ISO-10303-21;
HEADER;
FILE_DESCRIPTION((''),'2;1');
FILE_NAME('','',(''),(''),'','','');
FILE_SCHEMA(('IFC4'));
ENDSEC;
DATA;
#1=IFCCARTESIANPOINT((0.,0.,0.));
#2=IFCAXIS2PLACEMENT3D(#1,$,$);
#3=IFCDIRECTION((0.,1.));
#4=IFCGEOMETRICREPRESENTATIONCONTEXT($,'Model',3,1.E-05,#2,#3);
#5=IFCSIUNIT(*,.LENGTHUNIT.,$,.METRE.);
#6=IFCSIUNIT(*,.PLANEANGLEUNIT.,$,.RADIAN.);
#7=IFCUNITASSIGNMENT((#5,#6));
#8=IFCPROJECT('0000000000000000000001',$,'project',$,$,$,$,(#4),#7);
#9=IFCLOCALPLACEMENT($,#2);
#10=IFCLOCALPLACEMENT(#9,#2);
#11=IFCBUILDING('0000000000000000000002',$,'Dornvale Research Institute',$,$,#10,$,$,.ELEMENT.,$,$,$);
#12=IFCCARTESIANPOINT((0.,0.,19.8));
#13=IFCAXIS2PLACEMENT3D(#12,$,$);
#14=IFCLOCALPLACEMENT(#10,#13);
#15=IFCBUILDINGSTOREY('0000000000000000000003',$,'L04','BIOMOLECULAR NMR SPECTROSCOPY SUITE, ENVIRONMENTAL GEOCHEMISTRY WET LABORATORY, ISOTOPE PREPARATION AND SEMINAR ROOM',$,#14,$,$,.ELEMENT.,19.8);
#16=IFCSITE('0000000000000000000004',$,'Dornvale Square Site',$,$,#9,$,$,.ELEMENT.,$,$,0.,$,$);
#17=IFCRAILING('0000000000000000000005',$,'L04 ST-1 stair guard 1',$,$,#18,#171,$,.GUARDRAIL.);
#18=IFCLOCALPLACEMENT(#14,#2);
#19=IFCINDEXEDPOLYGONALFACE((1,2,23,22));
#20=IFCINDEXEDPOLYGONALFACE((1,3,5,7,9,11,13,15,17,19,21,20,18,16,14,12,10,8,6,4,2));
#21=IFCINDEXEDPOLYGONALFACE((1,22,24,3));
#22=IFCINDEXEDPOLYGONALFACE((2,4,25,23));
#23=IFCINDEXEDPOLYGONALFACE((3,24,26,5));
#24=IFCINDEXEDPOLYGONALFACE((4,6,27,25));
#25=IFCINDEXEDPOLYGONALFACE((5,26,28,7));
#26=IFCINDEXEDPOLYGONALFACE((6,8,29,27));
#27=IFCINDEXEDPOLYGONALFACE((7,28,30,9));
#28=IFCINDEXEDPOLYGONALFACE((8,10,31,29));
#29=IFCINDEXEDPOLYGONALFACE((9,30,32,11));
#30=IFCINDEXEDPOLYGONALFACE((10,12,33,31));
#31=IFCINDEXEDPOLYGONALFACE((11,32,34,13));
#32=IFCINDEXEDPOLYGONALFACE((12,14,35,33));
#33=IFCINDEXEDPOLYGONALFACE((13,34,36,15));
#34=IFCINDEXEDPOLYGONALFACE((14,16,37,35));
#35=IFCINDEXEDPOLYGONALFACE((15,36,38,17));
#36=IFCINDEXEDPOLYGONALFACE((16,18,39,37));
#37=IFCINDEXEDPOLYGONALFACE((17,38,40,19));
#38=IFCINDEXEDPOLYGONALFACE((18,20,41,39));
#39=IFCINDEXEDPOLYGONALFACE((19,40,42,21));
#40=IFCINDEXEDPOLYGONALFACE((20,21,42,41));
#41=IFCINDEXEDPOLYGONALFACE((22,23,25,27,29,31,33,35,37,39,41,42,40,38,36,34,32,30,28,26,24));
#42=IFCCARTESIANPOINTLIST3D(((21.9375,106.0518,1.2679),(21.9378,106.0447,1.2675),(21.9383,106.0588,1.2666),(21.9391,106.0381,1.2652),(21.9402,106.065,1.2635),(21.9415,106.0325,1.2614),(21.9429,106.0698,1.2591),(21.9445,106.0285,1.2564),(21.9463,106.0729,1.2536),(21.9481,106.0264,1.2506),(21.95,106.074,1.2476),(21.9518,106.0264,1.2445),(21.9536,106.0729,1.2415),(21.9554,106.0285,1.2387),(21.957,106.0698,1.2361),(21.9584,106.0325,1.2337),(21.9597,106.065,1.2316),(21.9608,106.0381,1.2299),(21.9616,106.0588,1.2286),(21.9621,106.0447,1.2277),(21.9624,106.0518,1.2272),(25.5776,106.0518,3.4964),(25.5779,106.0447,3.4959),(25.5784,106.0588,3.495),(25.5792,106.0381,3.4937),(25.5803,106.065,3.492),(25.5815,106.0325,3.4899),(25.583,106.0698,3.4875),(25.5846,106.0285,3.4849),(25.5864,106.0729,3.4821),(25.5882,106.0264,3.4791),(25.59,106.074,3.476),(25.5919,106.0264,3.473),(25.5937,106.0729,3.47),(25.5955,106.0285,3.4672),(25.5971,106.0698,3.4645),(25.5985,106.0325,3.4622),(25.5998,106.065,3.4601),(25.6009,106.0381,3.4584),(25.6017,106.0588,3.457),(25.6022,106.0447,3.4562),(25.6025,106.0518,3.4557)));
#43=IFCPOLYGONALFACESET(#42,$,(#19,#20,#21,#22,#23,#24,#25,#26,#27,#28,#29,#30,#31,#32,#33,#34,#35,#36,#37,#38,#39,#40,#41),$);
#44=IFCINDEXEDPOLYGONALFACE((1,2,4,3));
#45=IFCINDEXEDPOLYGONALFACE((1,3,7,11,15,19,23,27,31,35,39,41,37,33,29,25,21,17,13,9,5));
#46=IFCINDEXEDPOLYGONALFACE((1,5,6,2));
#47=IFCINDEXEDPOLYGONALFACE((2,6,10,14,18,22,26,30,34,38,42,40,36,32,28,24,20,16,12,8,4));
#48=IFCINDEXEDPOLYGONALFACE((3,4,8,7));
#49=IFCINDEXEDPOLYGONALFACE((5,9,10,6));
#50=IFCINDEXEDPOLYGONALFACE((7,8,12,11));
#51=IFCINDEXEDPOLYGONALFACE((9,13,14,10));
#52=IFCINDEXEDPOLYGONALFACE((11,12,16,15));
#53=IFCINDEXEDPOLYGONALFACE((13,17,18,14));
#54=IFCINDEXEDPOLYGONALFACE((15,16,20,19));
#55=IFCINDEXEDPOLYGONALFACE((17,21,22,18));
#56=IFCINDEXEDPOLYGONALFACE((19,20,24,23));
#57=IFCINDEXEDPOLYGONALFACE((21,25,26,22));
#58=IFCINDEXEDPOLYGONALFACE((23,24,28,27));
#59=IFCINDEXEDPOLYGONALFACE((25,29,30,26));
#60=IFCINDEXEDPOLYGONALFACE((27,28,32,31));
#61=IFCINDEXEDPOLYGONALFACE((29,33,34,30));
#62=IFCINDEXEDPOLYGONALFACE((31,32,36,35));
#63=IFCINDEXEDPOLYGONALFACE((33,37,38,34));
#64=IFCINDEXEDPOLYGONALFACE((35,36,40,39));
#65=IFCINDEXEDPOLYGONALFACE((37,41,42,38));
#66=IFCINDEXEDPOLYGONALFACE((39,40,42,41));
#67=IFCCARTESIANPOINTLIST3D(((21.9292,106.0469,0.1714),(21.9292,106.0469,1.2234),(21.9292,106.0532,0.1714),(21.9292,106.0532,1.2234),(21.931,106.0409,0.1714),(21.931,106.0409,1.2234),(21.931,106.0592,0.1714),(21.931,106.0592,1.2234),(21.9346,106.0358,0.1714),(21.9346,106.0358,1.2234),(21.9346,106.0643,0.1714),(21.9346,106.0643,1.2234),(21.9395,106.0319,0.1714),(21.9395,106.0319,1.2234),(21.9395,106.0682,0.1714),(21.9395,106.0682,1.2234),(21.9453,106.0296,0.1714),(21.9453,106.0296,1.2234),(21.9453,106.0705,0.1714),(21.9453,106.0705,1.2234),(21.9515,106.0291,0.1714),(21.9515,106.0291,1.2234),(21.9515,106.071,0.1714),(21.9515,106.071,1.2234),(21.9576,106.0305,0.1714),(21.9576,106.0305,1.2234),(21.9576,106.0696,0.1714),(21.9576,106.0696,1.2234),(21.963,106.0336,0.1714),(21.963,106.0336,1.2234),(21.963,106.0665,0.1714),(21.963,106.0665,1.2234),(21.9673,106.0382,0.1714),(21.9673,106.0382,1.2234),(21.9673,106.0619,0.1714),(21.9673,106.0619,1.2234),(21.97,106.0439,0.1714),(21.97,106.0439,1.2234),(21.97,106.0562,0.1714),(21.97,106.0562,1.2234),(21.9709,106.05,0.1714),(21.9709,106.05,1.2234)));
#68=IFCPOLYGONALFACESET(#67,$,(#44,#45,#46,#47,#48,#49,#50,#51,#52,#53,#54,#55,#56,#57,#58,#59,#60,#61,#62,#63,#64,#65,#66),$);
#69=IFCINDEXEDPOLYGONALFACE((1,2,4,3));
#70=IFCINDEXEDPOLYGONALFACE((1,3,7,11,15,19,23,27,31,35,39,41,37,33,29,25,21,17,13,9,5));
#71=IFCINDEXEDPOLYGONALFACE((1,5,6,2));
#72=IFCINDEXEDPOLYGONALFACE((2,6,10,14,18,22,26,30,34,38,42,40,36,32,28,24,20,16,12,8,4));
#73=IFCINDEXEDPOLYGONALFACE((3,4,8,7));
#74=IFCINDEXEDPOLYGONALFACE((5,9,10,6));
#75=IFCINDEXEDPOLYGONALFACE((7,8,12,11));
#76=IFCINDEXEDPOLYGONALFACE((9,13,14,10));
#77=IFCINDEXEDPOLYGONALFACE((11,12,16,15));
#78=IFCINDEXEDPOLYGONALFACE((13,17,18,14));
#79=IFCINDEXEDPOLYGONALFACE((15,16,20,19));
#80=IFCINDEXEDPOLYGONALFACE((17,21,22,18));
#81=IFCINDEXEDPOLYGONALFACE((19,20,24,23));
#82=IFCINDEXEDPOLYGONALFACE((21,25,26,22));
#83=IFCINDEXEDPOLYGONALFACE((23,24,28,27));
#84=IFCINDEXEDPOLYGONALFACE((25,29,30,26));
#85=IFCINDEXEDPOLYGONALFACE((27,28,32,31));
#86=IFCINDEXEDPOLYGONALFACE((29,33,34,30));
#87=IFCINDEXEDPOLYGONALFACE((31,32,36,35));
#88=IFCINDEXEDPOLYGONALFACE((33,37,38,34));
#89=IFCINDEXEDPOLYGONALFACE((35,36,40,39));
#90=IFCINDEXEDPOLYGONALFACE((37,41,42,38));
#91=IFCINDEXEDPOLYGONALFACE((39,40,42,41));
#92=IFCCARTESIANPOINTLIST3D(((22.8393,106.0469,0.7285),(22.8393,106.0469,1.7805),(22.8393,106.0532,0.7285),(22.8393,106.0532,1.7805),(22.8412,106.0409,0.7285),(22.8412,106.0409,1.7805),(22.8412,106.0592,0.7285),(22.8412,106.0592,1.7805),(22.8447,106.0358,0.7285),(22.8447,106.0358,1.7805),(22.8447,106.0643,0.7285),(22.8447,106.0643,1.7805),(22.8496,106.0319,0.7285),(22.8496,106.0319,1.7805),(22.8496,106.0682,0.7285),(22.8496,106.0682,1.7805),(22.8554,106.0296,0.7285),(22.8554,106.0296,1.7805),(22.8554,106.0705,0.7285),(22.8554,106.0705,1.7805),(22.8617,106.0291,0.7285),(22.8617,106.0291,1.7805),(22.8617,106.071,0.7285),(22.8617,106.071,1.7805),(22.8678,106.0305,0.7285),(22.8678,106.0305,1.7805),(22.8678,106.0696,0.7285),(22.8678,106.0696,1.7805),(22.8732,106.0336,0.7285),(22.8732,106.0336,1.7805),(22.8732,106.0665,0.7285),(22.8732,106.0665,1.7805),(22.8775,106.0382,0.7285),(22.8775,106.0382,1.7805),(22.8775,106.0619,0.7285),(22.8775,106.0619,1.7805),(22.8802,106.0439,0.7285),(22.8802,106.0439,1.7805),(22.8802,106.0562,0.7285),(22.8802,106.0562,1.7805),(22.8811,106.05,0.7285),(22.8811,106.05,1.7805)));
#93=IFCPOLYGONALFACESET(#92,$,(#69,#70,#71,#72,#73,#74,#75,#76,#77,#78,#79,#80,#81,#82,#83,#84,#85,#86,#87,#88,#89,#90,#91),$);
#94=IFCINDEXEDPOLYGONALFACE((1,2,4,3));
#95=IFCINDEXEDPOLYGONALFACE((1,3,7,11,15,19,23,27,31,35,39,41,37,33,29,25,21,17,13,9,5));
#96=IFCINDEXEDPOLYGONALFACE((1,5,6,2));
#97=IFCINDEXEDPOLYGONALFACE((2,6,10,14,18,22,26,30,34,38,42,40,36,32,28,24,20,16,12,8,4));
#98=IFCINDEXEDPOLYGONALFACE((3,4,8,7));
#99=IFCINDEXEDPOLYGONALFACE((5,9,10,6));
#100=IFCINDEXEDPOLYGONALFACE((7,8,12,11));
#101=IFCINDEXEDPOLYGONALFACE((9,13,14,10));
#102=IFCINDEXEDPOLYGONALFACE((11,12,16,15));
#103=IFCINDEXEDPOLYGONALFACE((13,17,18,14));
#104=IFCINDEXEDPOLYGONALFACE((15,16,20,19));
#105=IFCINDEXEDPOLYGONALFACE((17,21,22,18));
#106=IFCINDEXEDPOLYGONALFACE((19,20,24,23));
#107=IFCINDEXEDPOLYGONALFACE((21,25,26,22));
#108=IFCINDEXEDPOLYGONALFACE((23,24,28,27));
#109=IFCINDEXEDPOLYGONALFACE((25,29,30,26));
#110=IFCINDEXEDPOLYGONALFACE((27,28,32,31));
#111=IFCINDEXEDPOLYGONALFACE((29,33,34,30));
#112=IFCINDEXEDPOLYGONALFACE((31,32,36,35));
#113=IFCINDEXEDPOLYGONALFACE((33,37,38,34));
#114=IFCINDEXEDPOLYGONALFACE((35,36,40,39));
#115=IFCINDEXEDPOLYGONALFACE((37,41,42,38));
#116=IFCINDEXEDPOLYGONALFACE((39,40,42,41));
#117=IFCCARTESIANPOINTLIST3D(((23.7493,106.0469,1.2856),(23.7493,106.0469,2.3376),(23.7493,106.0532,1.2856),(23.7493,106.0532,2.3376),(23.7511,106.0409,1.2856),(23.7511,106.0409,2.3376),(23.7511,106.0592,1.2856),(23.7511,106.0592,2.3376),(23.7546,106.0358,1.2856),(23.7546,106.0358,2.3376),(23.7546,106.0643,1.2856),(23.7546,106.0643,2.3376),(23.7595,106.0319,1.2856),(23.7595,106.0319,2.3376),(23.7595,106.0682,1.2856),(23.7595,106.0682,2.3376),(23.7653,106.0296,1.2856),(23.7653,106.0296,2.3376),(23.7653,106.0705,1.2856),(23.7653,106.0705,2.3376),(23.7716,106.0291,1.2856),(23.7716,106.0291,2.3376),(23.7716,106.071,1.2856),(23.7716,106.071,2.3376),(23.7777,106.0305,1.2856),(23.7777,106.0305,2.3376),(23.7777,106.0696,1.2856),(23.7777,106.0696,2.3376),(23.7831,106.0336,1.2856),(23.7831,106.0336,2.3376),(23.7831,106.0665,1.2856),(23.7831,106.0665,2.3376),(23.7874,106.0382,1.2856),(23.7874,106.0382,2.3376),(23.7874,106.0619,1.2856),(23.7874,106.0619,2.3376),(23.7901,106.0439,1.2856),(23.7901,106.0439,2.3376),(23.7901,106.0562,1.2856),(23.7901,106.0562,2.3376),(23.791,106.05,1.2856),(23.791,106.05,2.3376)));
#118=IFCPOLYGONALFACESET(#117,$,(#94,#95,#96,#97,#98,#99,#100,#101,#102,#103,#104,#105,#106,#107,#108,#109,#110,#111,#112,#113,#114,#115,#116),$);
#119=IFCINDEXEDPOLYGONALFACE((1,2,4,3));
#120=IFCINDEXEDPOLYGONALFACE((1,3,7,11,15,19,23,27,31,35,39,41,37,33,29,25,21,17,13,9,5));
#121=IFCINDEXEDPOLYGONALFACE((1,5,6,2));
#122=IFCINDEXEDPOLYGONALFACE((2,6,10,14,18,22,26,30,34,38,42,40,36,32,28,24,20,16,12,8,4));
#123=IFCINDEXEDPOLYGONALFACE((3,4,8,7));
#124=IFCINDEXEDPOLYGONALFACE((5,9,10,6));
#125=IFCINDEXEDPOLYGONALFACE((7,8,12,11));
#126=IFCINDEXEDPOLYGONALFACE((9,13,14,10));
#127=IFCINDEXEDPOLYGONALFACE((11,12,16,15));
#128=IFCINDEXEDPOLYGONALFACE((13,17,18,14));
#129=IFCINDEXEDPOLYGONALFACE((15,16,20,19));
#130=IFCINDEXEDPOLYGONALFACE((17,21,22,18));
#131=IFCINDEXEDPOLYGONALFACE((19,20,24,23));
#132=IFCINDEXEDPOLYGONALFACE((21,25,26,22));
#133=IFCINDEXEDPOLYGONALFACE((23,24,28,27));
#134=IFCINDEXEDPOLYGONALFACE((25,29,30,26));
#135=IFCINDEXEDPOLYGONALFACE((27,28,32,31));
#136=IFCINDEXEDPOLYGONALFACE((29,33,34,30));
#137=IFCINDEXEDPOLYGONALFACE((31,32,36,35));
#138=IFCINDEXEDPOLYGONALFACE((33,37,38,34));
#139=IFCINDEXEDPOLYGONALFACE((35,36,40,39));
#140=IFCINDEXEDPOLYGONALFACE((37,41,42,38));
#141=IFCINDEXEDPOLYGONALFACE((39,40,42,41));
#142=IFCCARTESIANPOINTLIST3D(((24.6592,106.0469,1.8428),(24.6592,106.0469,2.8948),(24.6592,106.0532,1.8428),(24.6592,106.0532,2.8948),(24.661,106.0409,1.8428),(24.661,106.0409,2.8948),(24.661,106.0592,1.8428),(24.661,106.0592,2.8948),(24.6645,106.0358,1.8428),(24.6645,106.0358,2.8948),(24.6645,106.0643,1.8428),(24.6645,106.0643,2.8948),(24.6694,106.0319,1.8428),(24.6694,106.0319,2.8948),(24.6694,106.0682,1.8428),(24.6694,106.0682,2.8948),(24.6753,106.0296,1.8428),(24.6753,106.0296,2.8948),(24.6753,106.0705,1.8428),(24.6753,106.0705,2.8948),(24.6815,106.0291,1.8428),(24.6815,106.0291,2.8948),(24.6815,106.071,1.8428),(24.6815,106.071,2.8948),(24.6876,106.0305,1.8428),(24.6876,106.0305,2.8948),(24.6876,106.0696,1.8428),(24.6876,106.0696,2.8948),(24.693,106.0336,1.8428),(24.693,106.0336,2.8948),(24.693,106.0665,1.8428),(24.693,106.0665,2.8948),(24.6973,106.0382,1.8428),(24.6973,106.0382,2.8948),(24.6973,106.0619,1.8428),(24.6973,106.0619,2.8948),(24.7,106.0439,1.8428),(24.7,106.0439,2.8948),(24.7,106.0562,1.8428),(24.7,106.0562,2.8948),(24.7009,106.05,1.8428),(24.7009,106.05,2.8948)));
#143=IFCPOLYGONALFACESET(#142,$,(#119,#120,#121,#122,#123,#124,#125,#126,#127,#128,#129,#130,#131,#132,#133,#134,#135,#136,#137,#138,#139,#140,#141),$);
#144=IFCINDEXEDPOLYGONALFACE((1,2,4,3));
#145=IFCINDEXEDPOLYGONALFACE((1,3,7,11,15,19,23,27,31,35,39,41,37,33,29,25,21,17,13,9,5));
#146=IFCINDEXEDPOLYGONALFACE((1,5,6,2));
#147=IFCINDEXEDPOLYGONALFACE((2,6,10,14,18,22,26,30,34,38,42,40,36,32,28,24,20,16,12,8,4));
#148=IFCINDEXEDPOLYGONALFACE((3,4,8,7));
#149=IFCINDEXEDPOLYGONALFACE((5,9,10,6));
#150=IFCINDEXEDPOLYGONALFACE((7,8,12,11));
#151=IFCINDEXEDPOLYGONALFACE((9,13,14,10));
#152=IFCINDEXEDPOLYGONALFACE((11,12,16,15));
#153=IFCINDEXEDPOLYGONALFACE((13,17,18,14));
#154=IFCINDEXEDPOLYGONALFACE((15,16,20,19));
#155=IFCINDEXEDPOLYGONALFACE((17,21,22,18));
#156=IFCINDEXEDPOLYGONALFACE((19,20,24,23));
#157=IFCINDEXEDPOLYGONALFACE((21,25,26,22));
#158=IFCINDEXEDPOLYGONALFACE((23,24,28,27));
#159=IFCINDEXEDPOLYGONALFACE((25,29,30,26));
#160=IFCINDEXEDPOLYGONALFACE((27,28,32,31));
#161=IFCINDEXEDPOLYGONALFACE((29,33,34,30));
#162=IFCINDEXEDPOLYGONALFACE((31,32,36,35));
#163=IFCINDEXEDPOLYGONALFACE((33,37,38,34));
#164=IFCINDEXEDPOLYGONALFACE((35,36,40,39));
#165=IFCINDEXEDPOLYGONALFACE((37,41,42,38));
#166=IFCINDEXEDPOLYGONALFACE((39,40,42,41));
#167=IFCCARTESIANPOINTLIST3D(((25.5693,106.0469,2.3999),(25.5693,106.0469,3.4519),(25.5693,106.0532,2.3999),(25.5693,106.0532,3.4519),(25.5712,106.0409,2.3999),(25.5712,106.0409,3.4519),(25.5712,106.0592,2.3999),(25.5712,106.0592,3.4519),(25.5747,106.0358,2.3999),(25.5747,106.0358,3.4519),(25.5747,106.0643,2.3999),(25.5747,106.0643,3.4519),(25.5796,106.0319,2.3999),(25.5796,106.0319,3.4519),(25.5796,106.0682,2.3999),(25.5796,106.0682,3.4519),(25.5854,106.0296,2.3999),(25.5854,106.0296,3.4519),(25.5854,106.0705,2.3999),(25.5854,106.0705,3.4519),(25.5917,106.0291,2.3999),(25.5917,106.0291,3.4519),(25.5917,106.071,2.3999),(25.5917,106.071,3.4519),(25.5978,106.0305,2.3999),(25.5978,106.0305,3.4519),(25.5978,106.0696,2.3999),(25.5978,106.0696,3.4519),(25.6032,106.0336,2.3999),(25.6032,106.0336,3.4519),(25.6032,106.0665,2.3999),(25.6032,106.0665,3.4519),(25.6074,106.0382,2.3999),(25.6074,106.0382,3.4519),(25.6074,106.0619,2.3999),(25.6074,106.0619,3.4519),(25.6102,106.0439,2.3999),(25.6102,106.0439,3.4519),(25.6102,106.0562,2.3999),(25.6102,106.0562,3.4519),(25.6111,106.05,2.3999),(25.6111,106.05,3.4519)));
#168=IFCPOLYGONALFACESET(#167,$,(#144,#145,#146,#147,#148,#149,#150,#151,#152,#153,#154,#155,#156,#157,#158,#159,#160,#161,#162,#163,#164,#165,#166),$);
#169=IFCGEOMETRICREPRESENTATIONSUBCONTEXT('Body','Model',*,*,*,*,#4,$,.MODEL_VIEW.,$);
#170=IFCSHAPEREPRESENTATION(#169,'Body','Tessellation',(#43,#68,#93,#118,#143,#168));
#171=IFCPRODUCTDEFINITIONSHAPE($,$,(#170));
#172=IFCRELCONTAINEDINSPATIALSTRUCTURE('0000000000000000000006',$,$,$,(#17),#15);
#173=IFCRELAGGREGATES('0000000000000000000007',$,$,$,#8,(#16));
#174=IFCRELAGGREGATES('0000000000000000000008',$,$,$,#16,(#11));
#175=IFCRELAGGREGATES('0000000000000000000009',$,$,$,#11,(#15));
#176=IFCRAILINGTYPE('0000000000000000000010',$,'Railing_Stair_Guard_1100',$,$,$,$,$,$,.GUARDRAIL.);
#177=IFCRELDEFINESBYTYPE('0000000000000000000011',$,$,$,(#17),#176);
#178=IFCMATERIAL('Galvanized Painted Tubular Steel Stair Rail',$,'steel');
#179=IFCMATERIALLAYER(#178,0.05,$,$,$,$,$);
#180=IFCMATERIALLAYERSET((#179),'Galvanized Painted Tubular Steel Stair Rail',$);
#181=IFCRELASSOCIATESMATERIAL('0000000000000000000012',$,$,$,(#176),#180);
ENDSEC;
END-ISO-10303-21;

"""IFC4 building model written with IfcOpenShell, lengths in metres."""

from ifc_helpers import new_model, si_unit, direction, frame, origin, origin_2d, place, context, subcontext, project, spatial, circle, extrude, material, layer, layer_set, type_object, element, save


model = new_model("IFC4")

# Units and contexts
model_context = context("Model", 3, precision=1e-05, world=origin(), true_north=direction((0.0, 1.0)))
body_context = subcontext(model_context, "Body", "Model", "MODEL_VIEW")
ifc_project = project(units=[si_unit("LENGTHUNIT", "METRE"), si_unit("PLANEANGLEUNIT", "RADIAN")], contexts=[model_context])

# Site, building, storey
site_placement = place(None, origin())
site = spatial("IfcSite", under=ifc_project, at=site_placement, Name="Dornvale Square Site", CompositionType="ELEMENT", RefElevation=0.0)
building_placement = place(site_placement, origin())
building = spatial("IfcBuilding", under=site, at=building_placement, Name="Dornvale Research Institute", CompositionType="ELEMENT")
storey_placement = place(building_placement, frame((0.0, 0.0, 19.8)))
storey = spatial("IfcBuildingStorey", under=building, at=storey_placement, Name="L04", Description="BIOMOLECULAR NMR SPECTROSCOPY SUITE, ENVIRONMENTAL GEOCHEMISTRY WET LABORATORY, ISOTOPE PREPARATION AND SEMINAR ROOM", CompositionType="ELEMENT", Elevation=19.8)

# Railing
ifc_material_1 = material(Name="Galvanized Painted Tubular Steel Stair Rail", Category="steel")
ifc_layer_1 = layer(ifc_material_1, 0.05)
ifc_layer_set_1 = layer_set([ifc_layer_1], Name="Galvanized Painted Tubular Steel Stair Rail")
railing_type_1 = type_object("IfcRailingType", Name="Railing_Stair_Guard_1100", PredefinedType="GUARDRAIL", material=ifc_layer_set_1)
railing_1_placement = place(storey_placement, frame((21.95, 106.05, 0.1714)))
element("IfcRailing", 1, at=railing_1_placement, inside=storey, type_object=railing_type_1, Name="L04 ST-1 stair guard 1", PredefinedType="GUARDRAIL", context=body_context, shape_type="SweptSolid", body=[
    extrude(circle(Radius=0.0239, at=origin_2d()), frame((0.0, 0.0, 1.0762), z_axis=(0.852866, 0.0, 0.52213), x_axis=(0.0, 1.0, 0.0)), (0.0, 0.0, 1.0), 4.2681),
    extrude(circle(Radius=0.021, at=origin_2d()), origin(), (0.0, 0.0, 1.0), 1.052),
    extrude(circle(Radius=0.021, at=origin_2d()), frame((0.9102, 0.0, 0.5571)), (0.0, 0.0, 1.0), 1.052),
    extrude(circle(Radius=0.021, at=origin_2d()), frame((1.8201, 0.0, 1.1143)), (0.0, 0.0, 1.0), 1.052),
    extrude(circle(Radius=0.021, at=origin_2d()), frame((2.73, 0.0, 1.6714)), (0.0, 0.0, 1.0), 1.052),
    extrude(circle(Radius=0.021, at=origin_2d()), frame((3.6401, 0.0, 2.2285)), (0.0, 0.0, 1.0), 1.052),
])

save(model, "model.ifc")
